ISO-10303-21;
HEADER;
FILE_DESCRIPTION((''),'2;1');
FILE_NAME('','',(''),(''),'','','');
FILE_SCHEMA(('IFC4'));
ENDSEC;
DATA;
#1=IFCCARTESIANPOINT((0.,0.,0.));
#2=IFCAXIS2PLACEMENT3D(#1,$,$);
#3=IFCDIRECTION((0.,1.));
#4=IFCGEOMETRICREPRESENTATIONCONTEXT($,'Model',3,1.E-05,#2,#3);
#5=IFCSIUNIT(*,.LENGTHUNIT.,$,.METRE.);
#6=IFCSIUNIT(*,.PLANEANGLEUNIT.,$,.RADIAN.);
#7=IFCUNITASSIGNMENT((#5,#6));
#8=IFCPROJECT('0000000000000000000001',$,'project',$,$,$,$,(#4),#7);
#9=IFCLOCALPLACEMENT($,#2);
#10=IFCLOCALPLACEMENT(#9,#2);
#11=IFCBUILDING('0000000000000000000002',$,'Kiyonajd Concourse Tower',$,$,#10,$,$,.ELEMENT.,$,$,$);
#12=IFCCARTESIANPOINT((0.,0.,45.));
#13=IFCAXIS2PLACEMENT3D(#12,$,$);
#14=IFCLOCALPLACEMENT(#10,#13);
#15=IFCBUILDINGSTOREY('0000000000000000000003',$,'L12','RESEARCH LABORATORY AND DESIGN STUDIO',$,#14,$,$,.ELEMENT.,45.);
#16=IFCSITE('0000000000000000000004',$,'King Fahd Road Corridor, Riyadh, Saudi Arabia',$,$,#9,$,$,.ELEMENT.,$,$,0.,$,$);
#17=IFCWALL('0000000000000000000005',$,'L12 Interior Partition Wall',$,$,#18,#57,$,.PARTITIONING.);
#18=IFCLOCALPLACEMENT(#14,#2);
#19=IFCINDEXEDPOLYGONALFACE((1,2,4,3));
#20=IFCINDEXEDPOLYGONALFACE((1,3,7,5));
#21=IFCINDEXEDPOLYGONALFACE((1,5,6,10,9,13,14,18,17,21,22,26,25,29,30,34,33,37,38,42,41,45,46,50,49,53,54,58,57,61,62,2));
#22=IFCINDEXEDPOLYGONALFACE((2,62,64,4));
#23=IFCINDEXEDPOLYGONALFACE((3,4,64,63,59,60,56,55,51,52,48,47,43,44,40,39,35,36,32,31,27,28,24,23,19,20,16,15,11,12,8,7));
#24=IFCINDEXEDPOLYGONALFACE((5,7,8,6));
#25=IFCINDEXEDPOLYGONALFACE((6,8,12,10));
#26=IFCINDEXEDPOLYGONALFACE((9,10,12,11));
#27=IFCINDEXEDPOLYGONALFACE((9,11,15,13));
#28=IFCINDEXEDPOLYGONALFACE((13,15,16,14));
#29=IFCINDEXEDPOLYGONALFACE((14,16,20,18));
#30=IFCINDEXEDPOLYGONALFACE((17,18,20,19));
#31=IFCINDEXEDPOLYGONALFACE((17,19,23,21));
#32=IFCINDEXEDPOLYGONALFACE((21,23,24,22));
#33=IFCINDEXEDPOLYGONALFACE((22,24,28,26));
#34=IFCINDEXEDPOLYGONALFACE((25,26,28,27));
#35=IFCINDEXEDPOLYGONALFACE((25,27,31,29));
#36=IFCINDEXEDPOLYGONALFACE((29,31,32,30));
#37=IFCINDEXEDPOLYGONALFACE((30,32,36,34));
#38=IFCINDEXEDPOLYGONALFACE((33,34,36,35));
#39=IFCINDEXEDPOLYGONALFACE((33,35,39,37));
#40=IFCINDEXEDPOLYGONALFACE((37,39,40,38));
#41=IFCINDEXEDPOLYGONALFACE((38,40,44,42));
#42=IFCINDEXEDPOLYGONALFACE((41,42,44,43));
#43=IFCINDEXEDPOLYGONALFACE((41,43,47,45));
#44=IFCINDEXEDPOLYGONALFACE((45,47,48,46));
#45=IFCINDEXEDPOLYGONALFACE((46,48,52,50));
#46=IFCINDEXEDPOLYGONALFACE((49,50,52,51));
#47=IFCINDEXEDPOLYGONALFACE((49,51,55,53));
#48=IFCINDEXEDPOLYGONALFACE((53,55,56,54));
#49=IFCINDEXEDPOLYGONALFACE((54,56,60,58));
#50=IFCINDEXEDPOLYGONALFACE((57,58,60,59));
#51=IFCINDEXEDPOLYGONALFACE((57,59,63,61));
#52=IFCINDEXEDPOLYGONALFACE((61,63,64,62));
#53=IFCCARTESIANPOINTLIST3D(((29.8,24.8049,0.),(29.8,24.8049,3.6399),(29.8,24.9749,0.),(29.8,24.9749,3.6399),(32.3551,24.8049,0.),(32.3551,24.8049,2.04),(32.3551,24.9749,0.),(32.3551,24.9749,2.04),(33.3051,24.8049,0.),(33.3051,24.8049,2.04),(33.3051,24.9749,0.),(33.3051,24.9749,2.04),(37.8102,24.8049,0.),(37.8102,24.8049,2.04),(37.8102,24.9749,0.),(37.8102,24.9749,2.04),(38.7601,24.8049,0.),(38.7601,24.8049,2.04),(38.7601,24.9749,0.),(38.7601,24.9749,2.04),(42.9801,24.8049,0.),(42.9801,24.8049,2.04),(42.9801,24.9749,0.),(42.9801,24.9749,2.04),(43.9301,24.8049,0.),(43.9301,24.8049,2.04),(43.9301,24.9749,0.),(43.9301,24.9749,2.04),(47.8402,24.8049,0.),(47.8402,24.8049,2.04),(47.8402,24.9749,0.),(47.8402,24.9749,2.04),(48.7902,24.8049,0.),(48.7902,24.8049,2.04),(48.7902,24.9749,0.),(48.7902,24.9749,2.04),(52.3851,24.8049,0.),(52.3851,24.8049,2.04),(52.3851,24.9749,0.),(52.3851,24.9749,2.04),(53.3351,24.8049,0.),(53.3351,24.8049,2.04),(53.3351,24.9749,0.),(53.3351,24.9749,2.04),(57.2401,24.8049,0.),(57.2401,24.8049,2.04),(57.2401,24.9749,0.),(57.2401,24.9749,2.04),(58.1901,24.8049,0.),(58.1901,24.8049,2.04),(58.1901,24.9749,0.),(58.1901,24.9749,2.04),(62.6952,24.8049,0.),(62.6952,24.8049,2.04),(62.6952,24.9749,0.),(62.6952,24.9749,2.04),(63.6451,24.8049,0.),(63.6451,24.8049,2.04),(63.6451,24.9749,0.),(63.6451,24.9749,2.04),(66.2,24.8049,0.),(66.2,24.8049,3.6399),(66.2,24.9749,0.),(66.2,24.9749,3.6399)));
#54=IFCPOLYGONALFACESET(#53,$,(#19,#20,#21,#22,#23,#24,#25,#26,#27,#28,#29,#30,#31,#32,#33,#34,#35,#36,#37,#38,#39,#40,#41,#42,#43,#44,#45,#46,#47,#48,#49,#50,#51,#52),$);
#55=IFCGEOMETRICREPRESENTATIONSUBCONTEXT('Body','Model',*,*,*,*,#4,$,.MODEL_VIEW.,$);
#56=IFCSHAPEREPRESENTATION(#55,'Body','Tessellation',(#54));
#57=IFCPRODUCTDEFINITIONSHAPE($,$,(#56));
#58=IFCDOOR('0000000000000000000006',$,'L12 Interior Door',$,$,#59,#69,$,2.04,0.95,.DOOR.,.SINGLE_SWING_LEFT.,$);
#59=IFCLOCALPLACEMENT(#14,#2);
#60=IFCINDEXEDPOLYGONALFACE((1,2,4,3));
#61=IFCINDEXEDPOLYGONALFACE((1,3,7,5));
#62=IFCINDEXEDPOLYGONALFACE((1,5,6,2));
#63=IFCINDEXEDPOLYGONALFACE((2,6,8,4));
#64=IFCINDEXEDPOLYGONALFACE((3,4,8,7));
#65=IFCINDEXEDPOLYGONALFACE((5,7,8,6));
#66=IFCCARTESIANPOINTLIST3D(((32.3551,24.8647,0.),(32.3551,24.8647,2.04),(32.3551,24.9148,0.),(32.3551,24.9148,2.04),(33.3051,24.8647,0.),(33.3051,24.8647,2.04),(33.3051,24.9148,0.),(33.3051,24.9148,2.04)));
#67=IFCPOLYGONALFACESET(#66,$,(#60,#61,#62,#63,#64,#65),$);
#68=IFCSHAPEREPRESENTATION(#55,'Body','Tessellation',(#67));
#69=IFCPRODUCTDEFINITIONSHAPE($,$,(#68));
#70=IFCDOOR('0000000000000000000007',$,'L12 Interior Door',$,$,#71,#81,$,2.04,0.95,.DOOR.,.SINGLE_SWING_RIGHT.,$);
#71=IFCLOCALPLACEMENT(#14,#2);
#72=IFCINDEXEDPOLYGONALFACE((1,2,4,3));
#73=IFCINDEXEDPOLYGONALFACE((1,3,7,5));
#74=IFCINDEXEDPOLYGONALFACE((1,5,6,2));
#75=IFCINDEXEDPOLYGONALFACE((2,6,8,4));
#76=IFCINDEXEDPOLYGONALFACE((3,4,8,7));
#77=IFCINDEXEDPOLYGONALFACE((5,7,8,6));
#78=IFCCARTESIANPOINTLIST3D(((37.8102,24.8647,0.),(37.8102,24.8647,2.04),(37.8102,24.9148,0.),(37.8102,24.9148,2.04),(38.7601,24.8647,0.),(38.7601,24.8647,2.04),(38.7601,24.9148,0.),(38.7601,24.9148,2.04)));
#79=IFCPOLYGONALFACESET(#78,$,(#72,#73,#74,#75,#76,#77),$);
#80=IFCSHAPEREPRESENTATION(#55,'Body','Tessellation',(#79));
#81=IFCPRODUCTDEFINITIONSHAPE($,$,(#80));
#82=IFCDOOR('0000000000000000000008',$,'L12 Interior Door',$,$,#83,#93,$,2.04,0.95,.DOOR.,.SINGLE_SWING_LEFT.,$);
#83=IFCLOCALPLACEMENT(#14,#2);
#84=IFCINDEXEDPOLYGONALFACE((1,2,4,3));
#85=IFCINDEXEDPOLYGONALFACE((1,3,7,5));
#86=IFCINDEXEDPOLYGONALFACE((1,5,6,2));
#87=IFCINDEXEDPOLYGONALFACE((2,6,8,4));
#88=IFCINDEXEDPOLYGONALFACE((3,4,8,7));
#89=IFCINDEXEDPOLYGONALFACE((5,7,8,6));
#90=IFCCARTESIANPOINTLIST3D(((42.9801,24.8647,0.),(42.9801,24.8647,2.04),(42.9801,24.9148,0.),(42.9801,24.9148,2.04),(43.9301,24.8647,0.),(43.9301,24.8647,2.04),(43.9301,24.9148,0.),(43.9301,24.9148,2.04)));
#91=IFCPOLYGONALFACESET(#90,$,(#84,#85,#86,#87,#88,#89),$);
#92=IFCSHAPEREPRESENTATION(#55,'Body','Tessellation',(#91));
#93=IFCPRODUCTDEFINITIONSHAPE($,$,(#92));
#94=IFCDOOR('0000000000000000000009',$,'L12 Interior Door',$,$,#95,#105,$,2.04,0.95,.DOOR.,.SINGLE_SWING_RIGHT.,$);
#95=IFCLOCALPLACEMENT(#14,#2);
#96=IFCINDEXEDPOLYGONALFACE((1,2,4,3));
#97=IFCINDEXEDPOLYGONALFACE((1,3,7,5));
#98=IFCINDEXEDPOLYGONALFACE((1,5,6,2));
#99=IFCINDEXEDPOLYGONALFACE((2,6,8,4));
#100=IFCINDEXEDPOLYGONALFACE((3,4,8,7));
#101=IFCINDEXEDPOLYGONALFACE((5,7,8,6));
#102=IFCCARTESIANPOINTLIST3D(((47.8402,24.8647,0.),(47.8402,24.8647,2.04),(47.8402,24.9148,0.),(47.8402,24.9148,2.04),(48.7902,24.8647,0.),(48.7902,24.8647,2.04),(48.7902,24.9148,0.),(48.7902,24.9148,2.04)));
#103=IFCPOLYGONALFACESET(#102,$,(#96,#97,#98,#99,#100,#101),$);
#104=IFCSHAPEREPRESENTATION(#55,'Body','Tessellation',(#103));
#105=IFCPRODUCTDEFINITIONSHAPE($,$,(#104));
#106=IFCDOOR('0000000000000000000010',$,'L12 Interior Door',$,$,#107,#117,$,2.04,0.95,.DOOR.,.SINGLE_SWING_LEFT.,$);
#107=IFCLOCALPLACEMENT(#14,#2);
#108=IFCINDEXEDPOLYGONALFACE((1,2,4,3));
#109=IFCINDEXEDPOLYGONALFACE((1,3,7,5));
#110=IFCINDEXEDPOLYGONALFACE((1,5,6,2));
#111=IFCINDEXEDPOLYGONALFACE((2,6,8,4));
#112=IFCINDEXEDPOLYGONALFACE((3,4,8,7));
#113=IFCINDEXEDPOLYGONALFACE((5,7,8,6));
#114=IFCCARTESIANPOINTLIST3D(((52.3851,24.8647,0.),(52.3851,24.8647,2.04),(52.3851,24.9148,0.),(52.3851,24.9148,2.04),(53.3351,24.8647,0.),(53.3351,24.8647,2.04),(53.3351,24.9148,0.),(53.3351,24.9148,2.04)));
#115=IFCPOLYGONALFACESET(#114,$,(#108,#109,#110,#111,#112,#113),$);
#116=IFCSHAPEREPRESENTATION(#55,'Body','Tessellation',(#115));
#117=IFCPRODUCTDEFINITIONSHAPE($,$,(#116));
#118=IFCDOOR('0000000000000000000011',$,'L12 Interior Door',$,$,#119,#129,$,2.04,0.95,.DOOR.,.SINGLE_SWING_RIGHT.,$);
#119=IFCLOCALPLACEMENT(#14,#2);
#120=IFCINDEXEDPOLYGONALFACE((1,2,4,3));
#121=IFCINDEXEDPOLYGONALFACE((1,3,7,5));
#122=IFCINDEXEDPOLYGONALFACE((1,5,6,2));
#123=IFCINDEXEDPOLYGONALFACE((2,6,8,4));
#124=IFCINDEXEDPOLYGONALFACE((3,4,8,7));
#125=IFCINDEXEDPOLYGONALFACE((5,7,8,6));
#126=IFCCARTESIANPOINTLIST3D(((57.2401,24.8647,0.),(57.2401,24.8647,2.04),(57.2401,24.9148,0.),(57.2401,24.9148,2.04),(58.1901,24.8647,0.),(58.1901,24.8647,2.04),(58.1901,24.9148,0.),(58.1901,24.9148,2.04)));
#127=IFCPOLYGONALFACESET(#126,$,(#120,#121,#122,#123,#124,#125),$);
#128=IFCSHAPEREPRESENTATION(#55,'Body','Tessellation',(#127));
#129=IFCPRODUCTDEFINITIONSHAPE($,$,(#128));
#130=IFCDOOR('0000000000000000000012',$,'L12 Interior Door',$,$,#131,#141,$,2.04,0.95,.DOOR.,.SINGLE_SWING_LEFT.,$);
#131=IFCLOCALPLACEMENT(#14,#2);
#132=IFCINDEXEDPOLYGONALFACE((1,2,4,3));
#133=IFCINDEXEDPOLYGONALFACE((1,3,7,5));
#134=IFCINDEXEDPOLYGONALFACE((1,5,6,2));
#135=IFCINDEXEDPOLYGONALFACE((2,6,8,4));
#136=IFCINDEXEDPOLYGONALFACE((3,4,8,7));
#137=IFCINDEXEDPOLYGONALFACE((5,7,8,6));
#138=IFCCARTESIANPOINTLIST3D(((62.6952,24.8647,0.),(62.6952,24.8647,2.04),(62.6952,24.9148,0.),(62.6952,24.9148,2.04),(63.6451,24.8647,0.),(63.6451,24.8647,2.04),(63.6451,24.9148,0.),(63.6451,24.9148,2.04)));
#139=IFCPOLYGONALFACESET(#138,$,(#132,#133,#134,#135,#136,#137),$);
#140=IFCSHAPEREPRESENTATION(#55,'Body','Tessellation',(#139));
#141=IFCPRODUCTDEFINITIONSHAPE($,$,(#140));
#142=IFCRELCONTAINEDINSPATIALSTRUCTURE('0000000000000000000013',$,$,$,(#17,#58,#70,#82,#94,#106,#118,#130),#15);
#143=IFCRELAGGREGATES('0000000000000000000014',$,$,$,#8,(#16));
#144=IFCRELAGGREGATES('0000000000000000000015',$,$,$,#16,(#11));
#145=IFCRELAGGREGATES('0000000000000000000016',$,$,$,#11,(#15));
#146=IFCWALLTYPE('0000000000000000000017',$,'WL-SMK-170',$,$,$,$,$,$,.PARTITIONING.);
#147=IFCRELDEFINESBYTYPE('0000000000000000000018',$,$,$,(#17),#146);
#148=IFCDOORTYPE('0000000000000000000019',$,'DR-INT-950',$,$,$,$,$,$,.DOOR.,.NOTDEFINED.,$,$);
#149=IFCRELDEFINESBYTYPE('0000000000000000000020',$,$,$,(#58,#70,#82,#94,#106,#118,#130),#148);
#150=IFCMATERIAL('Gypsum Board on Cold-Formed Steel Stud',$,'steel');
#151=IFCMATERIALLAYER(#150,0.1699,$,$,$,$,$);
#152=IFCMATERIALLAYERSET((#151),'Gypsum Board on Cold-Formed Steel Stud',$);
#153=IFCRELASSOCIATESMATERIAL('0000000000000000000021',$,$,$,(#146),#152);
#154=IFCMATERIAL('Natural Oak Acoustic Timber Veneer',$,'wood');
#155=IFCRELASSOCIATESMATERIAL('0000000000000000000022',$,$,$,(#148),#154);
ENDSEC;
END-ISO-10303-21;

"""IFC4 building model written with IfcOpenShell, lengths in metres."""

from ifc_helpers import new_model, si_unit, direction, frame, frame_2d, origin, place, context, subcontext, project, spatial, rectangle, extrude, material, layer, layer_set, type_object, element, fill, save


model = new_model("IFC4")

# Units and contexts
model_context = context("Model", 3, precision=1e-05, world=origin(), true_north=direction((0.0, 1.0)))
body_context = subcontext(model_context, "Body", "Model", "MODEL_VIEW")
ifc_project = project(units=[si_unit("LENGTHUNIT", "METRE"), si_unit("PLANEANGLEUNIT", "RADIAN")], contexts=[model_context])

# Site, building, storey
site_placement = place(None, origin())
site = spatial("IfcSite", under=ifc_project, at=site_placement, Name="King Fahd Road Corridor, Riyadh, Saudi Arabia", CompositionType="ELEMENT", RefElevation=0.0)
building_placement = place(site_placement, origin())
building = spatial("IfcBuilding", under=site, at=building_placement, Name="Kiyonajd Concourse Tower", CompositionType="ELEMENT")
storey_placement = place(building_placement, frame((0.0, 0.0, 45.0)))
storey = spatial("IfcBuildingStorey", under=building, at=storey_placement, Name="L12", Description="RESEARCH LABORATORY AND DESIGN STUDIO", CompositionType="ELEMENT", Elevation=45.0)

# Wall, openings, doors
ifc_material_1 = material(Name="Gypsum Board on Cold-Formed Steel Stud", Category="steel")
ifc_layer_1 = layer(ifc_material_1, 0.1699)
ifc_layer_set_1 = layer_set([ifc_layer_1], Name="Gypsum Board on Cold-Formed Steel Stud")
wall_type_1 = type_object("IfcWallType", Name="WL-SMK-170", PredefinedType="PARTITIONING", material=ifc_layer_set_1)
wall_1_placement = place(storey_placement, frame((29.8, 24.8899, 0.0), z_axis=(0.0, 0.0, 1.0), x_axis=(1.0, 0.0, 0.0)))
wall_1 = element("IfcWall", 1, at=wall_1_placement, inside=storey, type_object=wall_type_1, Name="L12 Interior Partition Wall", PredefinedType="PARTITIONING", context=body_context, shape_type="SweptSolid", body=[
    extrude(rectangle(XDim=36.3999, YDim=0.1699, at=frame_2d((18.2, 0.0))), origin(), (0.0, 0.0, 1.0), 3.6399),
])
opening_1_placement = place(wall_1_placement, frame((2.5549, 0.0, 0.0)))
opening_1 = element("IfcOpeningElement", 2, at=opening_1_placement, cuts=wall_1, PredefinedType="OPENING", context=body_context, shape_type="SweptSolid", body=[
    extrude(rectangle(XDim=0.95, YDim=2.04, at=frame_2d((0.4751, 1.02))), frame((0.0, 0.095, 0.0), z_axis=(0.0, -1.0, 0.0), x_axis=(1.0, 0.0, 0.0)), (0.0, 0.0, 1.0), 0.1899),
])
opening_2_placement = place(wall_1_placement, frame((8.01, 0.0, 0.0)))
opening_2 = element("IfcOpeningElement", 3, at=opening_2_placement, cuts=wall_1, PredefinedType="OPENING", context=body_context, shape_type="SweptSolid", body=[
    extrude(rectangle(XDim=0.95, YDim=2.04, at=frame_2d((0.4751, 1.02))), frame((0.0, 0.095, 0.0), z_axis=(0.0, -1.0, 0.0), x_axis=(1.0, 0.0, 0.0)), (0.0, 0.0, 1.0), 0.1899),
])
opening_3_placement = place(wall_1_placement, frame((13.1799, 0.0, 0.0)))
opening_3 = element("IfcOpeningElement", 4, at=opening_3_placement, cuts=wall_1, PredefinedType="OPENING", context=body_context, shape_type="SweptSolid", body=[
    extrude(rectangle(XDim=0.95, YDim=2.04, at=frame_2d((0.4751, 1.02))), frame((0.0, 0.095, 0.0), z_axis=(0.0, -1.0, 0.0), x_axis=(1.0, 0.0, 0.0)), (0.0, 0.0, 1.0), 0.1899),
])
opening_4_placement = place(wall_1_placement, frame((18.04, 0.0, 0.0)))
opening_4 = element("IfcOpeningElement", 5, at=opening_4_placement, cuts=wall_1, PredefinedType="OPENING", context=body_context, shape_type="SweptSolid", body=[
    extrude(rectangle(XDim=0.95, YDim=2.04, at=frame_2d((0.4751, 1.02))), frame((0.0, 0.095, 0.0), z_axis=(0.0, -1.0, 0.0), x_axis=(1.0, 0.0, 0.0)), (0.0, 0.0, 1.0), 0.1899),
])
opening_5_placement = place(wall_1_placement, frame((22.585, 0.0, 0.0)))
opening_5 = element("IfcOpeningElement", 6, at=opening_5_placement, cuts=wall_1, PredefinedType="OPENING", context=body_context, shape_type="SweptSolid", body=[
    extrude(rectangle(XDim=0.95, YDim=2.04, at=frame_2d((0.4751, 1.02))), frame((0.0, 0.095, 0.0), z_axis=(0.0, -1.0, 0.0), x_axis=(1.0, 0.0, 0.0)), (0.0, 0.0, 1.0), 0.1899),
])
opening_6_placement = place(wall_1_placement, frame((27.4399, 0.0, 0.0)))
opening_6 = element("IfcOpeningElement", 7, at=opening_6_placement, cuts=wall_1, PredefinedType="OPENING", context=body_context, shape_type="SweptSolid", body=[
    extrude(rectangle(XDim=0.95, YDim=2.04, at=frame_2d((0.4751, 1.02))), frame((0.0, 0.095, 0.0), z_axis=(0.0, -1.0, 0.0), x_axis=(1.0, 0.0, 0.0)), (0.0, 0.0, 1.0), 0.1899),
])
opening_7_placement = place(wall_1_placement, frame((32.895, 0.0, 0.0)))
opening_7 = element("IfcOpeningElement", 8, at=opening_7_placement, cuts=wall_1, PredefinedType="OPENING", context=body_context, shape_type="SweptSolid", body=[
    extrude(rectangle(XDim=0.95, YDim=2.04, at=frame_2d((0.4751, 1.02))), frame((0.0, 0.095, 0.0), z_axis=(0.0, -1.0, 0.0), x_axis=(1.0, 0.0, 0.0)), (0.0, 0.0, 1.0), 0.1899),
])
ifc_material_2 = material(Name="Natural Oak Acoustic Timber Veneer", Category="wood")
door_type_1 = type_object("IfcDoorType", Name="DR-INT-950", OperationType="NOTDEFINED", PredefinedType="DOOR", material=ifc_material_2)
door_1_placement = place(opening_1_placement, origin())
door_1 = element("IfcDoor", 9, at=door_1_placement, inside=storey, type_object=door_type_1, Name="L12 Interior Door", OperationType="SINGLE_SWING_LEFT", OverallHeight=2.04, OverallWidth=0.95, PredefinedType="DOOR", context=body_context, shape_type="SweptSolid", body=[
    extrude(rectangle(XDim=0.95, YDim=2.04, at=frame_2d((0.4751, 1.02))), frame((0.0, 0.0249, 0.0), z_axis=(0.0, -1.0, 0.0), x_axis=(1.0, 0.0, 0.0)), (0.0, 0.0, 1.0), 0.05),
])
fill(opening_1, door_1)
door_2_placement = place(opening_2_placement, origin())
door_2 = element("IfcDoor", 10, at=door_2_placement, inside=storey, type_object=door_type_1, Name="L12 Interior Door", OperationType="SINGLE_SWING_RIGHT", OverallHeight=2.04, OverallWidth=0.95, PredefinedType="DOOR", context=body_context, shape_type="SweptSolid", body=[
    extrude(rectangle(XDim=0.95, YDim=2.04, at=frame_2d((0.4751, 1.02))), frame((0.0, 0.0249, 0.0), z_axis=(0.0, -1.0, 0.0), x_axis=(1.0, 0.0, 0.0)), (0.0, 0.0, 1.0), 0.05),
])
fill(opening_2, door_2)
door_3_placement = place(opening_3_placement, origin())
door_3 = element("IfcDoor", 11, at=door_3_placement, inside=storey, type_object=door_type_1, Name="L12 Interior Door", OperationType="SINGLE_SWING_LEFT", OverallHeight=2.04, OverallWidth=0.95, PredefinedType="DOOR", context=body_context, shape_type="SweptSolid", body=[
    extrude(rectangle(XDim=0.95, YDim=2.04, at=frame_2d((0.4751, 1.02))), frame((0.0, 0.0249, 0.0), z_axis=(0.0, -1.0, 0.0), x_axis=(1.0, 0.0, 0.0)), (0.0, 0.0, 1.0), 0.05),
])
fill(opening_3, door_3)
door_4_placement = place(opening_4_placement, origin())
door_4 = element("IfcDoor", 12, at=door_4_placement, inside=storey, type_object=door_type_1, Name="L12 Interior Door", OperationType="SINGLE_SWING_RIGHT", OverallHeight=2.04, OverallWidth=0.95, PredefinedType="DOOR", context=body_context, shape_type="SweptSolid", body=[
    extrude(rectangle(XDim=0.95, YDim=2.04, at=frame_2d((0.4751, 1.02))), frame((0.0, 0.0249, 0.0), z_axis=(0.0, -1.0, 0.0), x_axis=(1.0, 0.0, 0.0)), (0.0, 0.0, 1.0), 0.05),
])
fill(opening_4, door_4)
door_5_placement = place(opening_5_placement, origin())
door_5 = element("IfcDoor", 13, at=door_5_placement, inside=storey, type_object=door_type_1, Name="L12 Interior Door", OperationType="SINGLE_SWING_LEFT", OverallHeight=2.04, OverallWidth=0.95, PredefinedType="DOOR", context=body_context, shape_type="SweptSolid", body=[
    extrude(rectangle(XDim=0.95, YDim=2.04, at=frame_2d((0.4751, 1.02))), frame((0.0, 0.0249, 0.0), z_axis=(0.0, -1.0, 0.0), x_axis=(1.0, 0.0, 0.0)), (0.0, 0.0, 1.0), 0.05),
])
fill(opening_5, door_5)
door_6_placement = place(opening_6_placement, origin())
door_6 = element("IfcDoor", 14, at=door_6_placement, inside=storey, type_object=door_type_1, Name="L12 Interior Door", OperationType="SINGLE_SWING_RIGHT", OverallHeight=2.04, OverallWidth=0.95, PredefinedType="DOOR", context=body_context, shape_type="SweptSolid", body=[
    extrude(rectangle(XDim=0.95, YDim=2.04, at=frame_2d((0.4751, 1.02))), frame((0.0, 0.0249, 0.0), z_axis=(0.0, -1.0, 0.0), x_axis=(1.0, 0.0, 0.0)), (0.0, 0.0, 1.0), 0.05),
])
fill(opening_6, door_6)
door_7_placement = place(opening_7_placement, origin())
door_7 = element("IfcDoor", 15, at=door_7_placement, inside=storey, type_object=door_type_1, Name="L12 Interior Door", OperationType="SINGLE_SWING_LEFT", OverallHeight=2.04, OverallWidth=0.95, PredefinedType="DOOR", context=body_context, shape_type="SweptSolid", body=[
    extrude(rectangle(XDim=0.95, YDim=2.04, at=frame_2d((0.4751, 1.02))), frame((0.0, 0.0249, 0.0), z_axis=(0.0, -1.0, 0.0), x_axis=(1.0, 0.0, 0.0)), (0.0, 0.0, 1.0), 0.05),
])
fill(opening_7, door_7)

save(model, "model.ifc")
